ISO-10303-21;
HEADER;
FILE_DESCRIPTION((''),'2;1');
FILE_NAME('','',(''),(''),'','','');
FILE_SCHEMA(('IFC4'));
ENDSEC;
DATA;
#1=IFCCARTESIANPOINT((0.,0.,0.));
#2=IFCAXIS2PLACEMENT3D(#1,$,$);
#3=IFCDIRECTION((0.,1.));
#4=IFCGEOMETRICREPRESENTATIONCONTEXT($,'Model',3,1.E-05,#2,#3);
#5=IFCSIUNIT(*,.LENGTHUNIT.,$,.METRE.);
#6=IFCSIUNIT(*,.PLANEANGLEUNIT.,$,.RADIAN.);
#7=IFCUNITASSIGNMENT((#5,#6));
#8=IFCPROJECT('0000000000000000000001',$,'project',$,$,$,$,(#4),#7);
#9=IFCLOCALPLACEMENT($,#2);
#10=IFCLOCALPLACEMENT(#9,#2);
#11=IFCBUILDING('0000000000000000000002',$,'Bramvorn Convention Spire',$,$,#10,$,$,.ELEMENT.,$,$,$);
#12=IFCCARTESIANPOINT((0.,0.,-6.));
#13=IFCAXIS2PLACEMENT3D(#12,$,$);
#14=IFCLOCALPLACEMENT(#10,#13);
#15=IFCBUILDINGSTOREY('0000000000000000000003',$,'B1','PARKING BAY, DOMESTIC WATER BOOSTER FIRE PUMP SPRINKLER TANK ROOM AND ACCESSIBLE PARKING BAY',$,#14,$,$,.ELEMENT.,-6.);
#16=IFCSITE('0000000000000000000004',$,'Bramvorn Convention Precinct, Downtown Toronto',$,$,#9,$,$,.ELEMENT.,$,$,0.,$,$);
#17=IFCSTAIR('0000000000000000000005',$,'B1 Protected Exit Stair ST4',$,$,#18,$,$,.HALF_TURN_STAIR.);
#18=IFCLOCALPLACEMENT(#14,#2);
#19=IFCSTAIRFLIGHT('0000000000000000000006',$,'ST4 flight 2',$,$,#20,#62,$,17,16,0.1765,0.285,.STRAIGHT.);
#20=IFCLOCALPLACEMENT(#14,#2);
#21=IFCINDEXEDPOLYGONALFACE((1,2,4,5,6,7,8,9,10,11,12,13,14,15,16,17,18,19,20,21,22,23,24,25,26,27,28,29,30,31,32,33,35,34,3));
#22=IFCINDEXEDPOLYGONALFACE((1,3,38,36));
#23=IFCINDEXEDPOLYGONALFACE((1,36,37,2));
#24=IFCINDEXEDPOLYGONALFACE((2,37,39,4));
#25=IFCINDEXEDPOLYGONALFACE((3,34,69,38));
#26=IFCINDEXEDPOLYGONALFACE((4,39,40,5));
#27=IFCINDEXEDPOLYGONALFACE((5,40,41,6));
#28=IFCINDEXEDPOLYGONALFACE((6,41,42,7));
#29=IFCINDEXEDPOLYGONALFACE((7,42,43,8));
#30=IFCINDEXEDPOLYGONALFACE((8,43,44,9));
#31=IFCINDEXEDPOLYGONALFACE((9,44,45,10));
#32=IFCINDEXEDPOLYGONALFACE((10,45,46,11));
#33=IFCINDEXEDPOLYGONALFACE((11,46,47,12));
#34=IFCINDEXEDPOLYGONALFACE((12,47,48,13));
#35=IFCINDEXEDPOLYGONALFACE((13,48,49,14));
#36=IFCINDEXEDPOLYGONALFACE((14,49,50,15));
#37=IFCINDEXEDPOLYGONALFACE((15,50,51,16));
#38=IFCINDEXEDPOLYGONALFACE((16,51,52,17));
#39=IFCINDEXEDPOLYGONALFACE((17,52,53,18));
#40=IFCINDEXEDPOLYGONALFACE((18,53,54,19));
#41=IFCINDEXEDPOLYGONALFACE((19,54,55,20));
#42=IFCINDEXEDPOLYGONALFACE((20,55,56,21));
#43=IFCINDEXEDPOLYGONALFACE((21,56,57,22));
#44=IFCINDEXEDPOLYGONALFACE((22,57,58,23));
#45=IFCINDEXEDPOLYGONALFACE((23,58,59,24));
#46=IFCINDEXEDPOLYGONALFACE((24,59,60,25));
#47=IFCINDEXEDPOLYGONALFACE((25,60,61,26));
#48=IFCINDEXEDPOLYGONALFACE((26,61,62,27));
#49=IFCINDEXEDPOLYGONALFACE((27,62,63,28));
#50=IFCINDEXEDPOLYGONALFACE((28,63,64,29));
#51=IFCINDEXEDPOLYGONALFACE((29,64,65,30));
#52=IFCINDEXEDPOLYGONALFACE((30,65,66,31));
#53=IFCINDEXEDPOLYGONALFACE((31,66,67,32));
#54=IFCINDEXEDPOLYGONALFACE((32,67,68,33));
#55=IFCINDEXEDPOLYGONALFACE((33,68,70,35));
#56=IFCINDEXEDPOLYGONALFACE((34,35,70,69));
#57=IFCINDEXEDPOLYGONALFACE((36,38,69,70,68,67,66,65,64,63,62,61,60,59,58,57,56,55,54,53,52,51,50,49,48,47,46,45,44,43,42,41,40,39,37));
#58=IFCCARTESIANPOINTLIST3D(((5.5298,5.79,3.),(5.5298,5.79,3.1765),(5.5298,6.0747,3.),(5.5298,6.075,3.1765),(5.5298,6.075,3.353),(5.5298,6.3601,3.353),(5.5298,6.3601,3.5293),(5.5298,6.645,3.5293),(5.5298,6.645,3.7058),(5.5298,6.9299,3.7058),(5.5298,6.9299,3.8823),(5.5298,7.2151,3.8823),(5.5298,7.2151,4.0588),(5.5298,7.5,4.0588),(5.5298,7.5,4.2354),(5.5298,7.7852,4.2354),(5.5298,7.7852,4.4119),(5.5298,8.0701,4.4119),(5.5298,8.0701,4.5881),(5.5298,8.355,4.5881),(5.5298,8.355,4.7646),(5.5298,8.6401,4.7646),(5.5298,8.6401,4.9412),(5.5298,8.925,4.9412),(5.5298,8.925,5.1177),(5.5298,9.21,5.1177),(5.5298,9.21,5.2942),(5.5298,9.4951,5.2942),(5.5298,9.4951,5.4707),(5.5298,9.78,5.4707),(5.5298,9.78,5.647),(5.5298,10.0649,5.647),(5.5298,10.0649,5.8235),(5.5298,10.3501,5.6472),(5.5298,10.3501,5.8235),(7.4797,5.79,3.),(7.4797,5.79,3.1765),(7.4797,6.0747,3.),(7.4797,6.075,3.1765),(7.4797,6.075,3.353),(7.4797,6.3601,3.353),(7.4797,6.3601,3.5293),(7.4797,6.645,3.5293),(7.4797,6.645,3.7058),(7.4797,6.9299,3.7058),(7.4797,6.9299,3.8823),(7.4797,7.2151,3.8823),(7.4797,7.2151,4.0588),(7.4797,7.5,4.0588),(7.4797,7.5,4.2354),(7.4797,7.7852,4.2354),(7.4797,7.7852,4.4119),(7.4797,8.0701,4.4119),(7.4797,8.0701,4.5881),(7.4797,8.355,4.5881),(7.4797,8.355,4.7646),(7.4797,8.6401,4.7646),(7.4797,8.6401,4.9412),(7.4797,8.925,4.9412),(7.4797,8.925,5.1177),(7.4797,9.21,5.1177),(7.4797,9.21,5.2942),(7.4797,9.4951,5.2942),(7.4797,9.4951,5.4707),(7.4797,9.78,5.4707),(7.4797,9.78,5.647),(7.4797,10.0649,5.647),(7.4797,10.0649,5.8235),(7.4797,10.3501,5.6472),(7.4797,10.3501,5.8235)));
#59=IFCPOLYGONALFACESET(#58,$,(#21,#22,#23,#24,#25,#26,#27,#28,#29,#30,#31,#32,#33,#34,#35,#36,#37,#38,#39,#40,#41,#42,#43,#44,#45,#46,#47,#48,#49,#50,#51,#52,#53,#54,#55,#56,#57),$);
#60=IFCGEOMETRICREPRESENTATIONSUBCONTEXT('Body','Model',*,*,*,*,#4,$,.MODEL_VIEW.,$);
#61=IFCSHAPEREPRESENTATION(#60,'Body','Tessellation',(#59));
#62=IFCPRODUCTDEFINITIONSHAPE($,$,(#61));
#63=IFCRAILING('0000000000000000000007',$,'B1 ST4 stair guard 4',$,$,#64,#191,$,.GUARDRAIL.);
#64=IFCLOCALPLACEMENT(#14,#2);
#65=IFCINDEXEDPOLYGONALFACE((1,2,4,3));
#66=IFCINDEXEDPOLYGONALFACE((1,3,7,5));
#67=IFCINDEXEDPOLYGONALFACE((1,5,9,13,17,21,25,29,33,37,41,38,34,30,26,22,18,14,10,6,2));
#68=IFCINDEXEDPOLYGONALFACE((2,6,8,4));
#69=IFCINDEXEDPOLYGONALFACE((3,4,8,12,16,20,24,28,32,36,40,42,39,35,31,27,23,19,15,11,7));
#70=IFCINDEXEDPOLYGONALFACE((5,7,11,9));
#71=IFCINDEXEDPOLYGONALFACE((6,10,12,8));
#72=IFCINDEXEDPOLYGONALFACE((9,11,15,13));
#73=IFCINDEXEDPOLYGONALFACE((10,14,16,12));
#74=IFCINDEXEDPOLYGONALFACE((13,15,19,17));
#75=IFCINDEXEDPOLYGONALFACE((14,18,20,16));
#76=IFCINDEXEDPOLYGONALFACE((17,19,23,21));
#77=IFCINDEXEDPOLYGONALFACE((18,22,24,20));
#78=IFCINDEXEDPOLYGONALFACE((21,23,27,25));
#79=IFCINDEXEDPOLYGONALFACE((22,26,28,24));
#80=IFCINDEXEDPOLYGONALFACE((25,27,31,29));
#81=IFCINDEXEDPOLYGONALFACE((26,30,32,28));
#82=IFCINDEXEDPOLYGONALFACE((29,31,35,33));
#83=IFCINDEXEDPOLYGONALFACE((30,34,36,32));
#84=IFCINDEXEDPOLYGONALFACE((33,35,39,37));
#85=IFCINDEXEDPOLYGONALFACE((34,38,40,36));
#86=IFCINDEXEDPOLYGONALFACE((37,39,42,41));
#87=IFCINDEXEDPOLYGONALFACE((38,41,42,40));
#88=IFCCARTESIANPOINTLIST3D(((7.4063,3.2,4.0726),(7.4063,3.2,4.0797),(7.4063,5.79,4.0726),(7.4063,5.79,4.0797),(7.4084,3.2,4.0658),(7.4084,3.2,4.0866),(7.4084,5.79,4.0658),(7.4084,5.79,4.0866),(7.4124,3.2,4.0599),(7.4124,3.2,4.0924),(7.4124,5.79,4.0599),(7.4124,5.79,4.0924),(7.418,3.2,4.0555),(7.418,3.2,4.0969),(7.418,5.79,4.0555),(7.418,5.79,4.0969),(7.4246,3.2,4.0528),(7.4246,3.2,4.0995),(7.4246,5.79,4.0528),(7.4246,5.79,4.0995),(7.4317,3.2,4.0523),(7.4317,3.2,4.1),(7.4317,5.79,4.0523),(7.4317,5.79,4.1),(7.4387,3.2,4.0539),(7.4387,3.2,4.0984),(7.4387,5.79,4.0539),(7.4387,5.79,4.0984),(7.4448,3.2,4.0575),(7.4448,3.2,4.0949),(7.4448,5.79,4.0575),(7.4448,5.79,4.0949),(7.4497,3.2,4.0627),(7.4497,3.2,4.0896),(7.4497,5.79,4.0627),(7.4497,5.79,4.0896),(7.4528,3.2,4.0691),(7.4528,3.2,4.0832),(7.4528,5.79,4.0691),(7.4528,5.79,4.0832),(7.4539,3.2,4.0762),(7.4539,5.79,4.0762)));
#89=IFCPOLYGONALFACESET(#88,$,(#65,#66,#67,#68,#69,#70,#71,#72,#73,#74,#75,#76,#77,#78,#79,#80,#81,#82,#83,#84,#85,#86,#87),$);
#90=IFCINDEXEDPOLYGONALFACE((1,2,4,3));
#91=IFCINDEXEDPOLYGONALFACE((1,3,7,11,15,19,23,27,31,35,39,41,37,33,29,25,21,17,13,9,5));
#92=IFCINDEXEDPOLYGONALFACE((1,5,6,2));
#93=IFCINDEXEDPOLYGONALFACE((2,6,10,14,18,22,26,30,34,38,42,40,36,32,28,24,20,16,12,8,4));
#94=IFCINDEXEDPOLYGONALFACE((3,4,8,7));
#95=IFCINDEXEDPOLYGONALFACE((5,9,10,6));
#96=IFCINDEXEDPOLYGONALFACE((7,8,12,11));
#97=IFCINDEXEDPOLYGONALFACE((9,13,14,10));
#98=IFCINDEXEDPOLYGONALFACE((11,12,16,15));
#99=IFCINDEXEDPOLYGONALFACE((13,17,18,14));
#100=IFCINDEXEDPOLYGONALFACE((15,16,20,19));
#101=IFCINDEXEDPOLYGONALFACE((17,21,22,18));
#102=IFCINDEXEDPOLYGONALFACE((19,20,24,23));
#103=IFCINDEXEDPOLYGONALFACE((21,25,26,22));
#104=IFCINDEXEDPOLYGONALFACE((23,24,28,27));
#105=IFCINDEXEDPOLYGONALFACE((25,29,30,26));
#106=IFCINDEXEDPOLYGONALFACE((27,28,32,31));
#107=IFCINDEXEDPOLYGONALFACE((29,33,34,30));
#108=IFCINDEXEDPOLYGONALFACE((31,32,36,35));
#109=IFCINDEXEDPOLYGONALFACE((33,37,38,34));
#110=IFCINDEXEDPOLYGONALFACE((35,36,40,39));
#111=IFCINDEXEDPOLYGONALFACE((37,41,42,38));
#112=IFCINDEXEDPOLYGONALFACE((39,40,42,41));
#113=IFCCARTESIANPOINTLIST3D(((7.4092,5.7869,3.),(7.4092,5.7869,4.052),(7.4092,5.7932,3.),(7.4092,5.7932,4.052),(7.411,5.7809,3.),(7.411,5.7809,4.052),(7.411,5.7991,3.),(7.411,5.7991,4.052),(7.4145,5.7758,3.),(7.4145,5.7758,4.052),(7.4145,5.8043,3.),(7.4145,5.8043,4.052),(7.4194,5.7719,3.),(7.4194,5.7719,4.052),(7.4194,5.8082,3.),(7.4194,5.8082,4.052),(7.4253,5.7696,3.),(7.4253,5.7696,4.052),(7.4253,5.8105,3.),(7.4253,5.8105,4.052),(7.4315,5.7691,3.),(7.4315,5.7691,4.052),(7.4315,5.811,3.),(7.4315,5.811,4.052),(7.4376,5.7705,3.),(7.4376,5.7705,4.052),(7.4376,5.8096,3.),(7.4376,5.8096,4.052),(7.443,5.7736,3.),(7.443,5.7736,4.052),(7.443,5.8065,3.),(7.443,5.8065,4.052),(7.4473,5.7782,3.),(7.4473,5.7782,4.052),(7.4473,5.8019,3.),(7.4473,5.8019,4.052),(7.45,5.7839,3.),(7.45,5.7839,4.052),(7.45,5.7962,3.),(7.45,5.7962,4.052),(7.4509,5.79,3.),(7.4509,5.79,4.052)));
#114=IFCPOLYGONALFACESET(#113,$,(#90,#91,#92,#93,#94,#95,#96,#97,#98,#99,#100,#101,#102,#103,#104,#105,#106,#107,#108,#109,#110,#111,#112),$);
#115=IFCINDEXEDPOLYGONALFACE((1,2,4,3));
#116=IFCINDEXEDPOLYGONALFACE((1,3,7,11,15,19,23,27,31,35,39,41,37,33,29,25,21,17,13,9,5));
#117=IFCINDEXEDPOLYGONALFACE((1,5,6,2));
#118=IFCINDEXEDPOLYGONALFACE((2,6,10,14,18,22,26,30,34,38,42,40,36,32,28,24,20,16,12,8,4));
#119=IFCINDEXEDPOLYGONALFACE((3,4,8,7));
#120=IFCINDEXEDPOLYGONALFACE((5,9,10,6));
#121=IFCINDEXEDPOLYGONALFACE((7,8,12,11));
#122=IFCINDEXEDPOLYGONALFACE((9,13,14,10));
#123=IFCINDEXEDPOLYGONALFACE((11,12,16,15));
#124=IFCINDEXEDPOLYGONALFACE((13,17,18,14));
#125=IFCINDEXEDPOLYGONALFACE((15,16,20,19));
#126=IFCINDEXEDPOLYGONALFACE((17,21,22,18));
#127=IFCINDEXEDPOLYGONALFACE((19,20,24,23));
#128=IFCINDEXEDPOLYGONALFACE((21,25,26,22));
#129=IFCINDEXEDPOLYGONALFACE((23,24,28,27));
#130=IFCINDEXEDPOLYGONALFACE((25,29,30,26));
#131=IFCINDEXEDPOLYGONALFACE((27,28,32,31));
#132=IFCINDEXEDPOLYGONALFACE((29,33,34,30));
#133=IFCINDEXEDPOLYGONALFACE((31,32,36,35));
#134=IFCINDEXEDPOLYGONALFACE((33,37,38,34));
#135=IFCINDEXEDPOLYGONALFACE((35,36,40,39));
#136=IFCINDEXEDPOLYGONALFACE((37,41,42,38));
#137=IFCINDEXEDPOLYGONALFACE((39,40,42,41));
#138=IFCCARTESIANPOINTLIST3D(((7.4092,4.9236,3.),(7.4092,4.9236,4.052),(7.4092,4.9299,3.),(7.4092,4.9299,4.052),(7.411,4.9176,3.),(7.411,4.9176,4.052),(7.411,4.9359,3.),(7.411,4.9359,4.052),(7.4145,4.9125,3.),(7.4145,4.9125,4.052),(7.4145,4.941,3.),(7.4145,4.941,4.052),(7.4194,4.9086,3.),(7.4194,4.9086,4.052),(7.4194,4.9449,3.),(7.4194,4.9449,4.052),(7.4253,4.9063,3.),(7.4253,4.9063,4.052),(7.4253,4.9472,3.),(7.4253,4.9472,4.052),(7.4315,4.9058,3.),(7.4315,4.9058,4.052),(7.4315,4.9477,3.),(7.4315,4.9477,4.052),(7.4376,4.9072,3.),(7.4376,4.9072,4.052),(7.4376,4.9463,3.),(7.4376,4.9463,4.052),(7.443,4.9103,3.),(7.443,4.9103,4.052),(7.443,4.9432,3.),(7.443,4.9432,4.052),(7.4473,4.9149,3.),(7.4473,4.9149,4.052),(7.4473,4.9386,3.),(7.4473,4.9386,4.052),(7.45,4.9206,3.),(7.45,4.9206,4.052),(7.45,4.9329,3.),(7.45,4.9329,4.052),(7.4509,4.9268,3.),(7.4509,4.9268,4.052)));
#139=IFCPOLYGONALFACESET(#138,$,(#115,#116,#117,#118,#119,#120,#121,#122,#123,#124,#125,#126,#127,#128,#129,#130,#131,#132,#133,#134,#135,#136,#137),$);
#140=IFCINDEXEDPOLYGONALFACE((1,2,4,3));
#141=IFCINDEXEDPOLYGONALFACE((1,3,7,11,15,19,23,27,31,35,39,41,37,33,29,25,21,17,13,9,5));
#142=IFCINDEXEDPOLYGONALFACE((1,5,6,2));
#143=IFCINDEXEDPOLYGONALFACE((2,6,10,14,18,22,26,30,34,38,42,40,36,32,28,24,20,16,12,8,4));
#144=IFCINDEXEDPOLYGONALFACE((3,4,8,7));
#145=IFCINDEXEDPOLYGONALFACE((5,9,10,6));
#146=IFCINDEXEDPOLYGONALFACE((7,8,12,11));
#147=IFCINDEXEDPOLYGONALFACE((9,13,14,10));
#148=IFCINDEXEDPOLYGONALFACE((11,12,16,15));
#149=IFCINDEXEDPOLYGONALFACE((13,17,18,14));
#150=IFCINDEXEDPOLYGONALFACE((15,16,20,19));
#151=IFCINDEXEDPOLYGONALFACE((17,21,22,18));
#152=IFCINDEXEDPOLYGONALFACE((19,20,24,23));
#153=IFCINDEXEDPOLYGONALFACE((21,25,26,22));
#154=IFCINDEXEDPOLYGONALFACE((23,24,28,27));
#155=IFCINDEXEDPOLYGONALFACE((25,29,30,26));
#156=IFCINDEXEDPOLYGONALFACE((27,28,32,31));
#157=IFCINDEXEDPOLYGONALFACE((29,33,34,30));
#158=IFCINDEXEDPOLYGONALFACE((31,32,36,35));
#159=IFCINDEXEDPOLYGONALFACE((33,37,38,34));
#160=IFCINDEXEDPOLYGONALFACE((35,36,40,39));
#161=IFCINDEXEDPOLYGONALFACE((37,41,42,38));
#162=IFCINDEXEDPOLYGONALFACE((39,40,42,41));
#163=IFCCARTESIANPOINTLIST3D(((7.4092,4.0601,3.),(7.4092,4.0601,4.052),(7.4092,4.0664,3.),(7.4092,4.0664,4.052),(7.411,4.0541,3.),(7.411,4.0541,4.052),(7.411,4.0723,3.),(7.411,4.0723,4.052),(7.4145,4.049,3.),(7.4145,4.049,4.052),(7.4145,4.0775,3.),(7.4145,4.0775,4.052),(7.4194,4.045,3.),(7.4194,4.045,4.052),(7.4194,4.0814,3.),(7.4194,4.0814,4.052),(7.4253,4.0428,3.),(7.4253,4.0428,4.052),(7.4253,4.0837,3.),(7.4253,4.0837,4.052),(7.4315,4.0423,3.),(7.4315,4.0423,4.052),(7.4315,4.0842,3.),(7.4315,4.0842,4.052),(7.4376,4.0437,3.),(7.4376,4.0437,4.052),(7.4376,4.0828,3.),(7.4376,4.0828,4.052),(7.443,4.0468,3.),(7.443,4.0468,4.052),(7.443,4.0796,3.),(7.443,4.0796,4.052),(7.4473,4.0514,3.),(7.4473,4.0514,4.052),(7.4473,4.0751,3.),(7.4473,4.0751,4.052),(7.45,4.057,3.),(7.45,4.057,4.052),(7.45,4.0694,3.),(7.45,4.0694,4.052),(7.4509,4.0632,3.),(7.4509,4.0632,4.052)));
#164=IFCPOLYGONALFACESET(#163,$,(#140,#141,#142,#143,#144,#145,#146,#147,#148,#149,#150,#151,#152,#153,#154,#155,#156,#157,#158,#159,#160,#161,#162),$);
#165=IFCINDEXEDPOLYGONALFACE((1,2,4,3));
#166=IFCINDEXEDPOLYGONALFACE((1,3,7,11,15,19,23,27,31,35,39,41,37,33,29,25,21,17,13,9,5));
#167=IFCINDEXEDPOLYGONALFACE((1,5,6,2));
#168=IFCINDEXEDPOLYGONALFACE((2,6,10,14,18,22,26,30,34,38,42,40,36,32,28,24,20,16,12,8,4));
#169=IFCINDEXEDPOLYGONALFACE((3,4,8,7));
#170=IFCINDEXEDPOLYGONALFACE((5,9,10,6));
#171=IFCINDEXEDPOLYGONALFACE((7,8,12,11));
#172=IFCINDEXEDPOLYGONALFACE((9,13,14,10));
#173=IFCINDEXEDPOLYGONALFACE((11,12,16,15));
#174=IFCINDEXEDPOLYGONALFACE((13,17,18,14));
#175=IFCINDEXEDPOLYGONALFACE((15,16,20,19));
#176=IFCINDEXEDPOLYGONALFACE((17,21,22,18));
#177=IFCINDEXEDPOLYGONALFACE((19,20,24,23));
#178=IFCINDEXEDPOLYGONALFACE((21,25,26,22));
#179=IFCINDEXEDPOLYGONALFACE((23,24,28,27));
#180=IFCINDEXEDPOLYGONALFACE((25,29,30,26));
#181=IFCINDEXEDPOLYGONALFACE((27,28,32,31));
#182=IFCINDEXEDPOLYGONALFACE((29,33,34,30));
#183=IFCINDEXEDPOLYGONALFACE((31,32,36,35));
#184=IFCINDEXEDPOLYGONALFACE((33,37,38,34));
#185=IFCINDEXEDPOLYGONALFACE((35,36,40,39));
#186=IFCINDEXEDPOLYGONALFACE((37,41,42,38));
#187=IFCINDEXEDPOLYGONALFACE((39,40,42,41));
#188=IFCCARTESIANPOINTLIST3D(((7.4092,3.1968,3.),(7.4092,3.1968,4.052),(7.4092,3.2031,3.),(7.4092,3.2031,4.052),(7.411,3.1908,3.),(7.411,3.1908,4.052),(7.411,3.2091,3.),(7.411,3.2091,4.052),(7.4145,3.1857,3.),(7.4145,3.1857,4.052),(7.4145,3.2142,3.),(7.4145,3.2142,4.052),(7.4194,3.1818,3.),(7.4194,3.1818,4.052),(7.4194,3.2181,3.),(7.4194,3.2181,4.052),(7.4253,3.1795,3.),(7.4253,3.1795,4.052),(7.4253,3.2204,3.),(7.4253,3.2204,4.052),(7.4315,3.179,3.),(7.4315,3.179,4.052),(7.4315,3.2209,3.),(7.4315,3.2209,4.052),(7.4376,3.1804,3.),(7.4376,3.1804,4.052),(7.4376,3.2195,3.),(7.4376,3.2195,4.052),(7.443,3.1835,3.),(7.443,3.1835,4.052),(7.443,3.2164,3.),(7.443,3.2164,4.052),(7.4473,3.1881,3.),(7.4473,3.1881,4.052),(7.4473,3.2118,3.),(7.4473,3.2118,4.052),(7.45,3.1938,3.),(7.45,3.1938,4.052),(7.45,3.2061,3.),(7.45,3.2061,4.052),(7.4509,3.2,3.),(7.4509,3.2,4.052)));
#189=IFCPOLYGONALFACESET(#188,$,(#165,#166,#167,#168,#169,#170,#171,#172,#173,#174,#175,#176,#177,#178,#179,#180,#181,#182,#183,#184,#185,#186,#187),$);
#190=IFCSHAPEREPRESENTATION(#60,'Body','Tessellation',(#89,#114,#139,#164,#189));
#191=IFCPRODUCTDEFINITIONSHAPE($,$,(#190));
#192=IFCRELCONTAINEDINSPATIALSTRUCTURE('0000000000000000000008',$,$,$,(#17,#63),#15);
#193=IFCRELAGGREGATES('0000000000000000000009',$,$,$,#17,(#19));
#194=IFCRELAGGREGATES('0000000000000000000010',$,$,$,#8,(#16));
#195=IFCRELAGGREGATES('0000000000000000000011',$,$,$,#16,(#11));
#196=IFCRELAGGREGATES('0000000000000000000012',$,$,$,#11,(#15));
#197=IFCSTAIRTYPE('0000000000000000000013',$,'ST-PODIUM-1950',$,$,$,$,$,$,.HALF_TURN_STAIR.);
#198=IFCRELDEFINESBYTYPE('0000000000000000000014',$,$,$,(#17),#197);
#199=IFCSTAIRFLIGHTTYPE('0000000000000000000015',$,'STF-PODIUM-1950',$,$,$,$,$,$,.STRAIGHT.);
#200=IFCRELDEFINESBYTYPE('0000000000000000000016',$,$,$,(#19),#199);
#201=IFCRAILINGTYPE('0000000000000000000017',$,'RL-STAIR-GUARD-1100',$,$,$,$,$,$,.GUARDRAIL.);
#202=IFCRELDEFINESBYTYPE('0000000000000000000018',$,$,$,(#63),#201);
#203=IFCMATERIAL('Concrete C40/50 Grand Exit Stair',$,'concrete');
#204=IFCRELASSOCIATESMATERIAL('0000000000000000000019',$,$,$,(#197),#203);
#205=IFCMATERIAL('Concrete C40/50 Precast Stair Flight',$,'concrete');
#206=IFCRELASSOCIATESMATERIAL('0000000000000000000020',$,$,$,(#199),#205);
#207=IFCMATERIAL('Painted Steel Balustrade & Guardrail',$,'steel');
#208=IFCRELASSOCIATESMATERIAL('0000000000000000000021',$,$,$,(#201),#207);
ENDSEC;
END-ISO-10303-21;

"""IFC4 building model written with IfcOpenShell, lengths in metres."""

from ifc_helpers import new_model, si_unit, direction, frame, origin, origin_2d, place, context, subcontext, project, spatial, polyline, circle, outline, extrude, material, type_object, element, aggregate, save


model = new_model("IFC4")

# Units and contexts
model_context = context("Model", 3, precision=1e-05, world=origin(), true_north=direction((0.0, 1.0)))
body_context = subcontext(model_context, "Body", "Model", "MODEL_VIEW")
ifc_project = project(units=[si_unit("LENGTHUNIT", "METRE"), si_unit("PLANEANGLEUNIT", "RADIAN")], contexts=[model_context])

# Site, building, storey
site_placement = place(None, origin())
site = spatial("IfcSite", under=ifc_project, at=site_placement, Name="Bramvorn Convention Precinct, Downtown Toronto", CompositionType="ELEMENT", RefElevation=0.0)
building_placement = place(site_placement, origin())
building = spatial("IfcBuilding", under=site, at=building_placement, Name="Bramvorn Convention Spire", CompositionType="ELEMENT")
storey_placement = place(building_placement, frame((0.0, 0.0, -6.0)))
storey = spatial("IfcBuildingStorey", under=building, at=storey_placement, Name="B1", Description="PARKING BAY, DOMESTIC WATER BOOSTER FIRE PUMP SPRINKLER TANK ROOM AND ACCESSIBLE PARKING BAY", CompositionType="ELEMENT", Elevation=-6.0)

# Stair, stair flight
ifc_material_1 = material(Name="Concrete C40/50 Grand Exit Stair", Category="concrete")
stair_type = type_object("IfcStairType", Name="ST-PODIUM-1950", PredefinedType="HALF_TURN_STAIR", material=ifc_material_1)
stair_placement = place(storey_placement, origin())
stair = element("IfcStair", 1, at=stair_placement, inside=storey, type_object=stair_type, Name="B1 Protected Exit Stair ST4", PredefinedType="HALF_TURN_STAIR")
ifc_material_2 = material(Name="Concrete C40/50 Precast Stair Flight", Category="concrete")
stair_flight_type = type_object("IfcStairFlightType", Name="STF-PODIUM-1950", PredefinedType="STRAIGHT", material=ifc_material_2)
stair_flight_placement = place(storey_placement, frame((6.5049, 5.79, 3.0), z_axis=(0.0, 0.0, 1.0), x_axis=(0.0, 1.0, 0.0)))
stair_flight = element("IfcStairFlight", 2, at=stair_flight_placement, type_object=stair_flight_type, Name="ST4 flight 2", NumberOfRisers=17, NumberOfTreads=16, PredefinedType="STRAIGHT", RiserHeight=0.1765, TreadLength=0.285, context=body_context, shape_type="SweptSolid", body=[
    extrude(outline(polyline([(0.0, 0.0), (0.0, 0.1765), (0.2849, 0.1765), (0.2849, 0.353), (0.5701, 0.353), (0.5701, 0.5293), (0.855, 0.5293), (0.855, 0.7058), (1.1399, 0.7058), (1.1399, 0.8823), (1.425, 0.8823), (1.425, 1.0588), (1.71, 1.0588), (1.71, 1.2354), (1.9951, 1.2354), (1.9951, 1.4119), (2.28, 1.4119), (2.28, 1.5881), (2.5649, 1.5881), (2.5649, 1.7646), (2.8501, 1.7646), (2.8501, 1.9412), (3.135, 1.9412), (3.135, 2.1177), (3.4199, 2.1177), (3.4199, 2.2942), (3.7051, 2.2942), (3.7051, 2.4707), (3.99, 2.4707), (3.99, 2.647), (4.2749, 2.647), (4.2749, 2.8235), (4.5601, 2.8235), (4.5601, 3.0), (4.5601, 2.6472), (0.2847, 0.0), (0.0, 0.0)])), frame((0.0, 0.9751, 0.0), z_axis=(0.0, -1.0, 0.0), x_axis=(1.0, 0.0, 0.0)), (0.0, 0.0, 1.0), 1.95),
])
aggregate(stair, [stair_flight])

# Railing
ifc_material_3 = material(Name="Painted Steel Balustrade & Guardrail", Category="steel")
railing_type_1 = type_object("IfcRailingType", Name="RL-STAIR-GUARD-1100", PredefinedType="GUARDRAIL", material=ifc_material_3)
railing_1_placement = place(storey_placement, frame((7.4299, 5.79, 3.0)))
element("IfcRailing", 3, at=railing_1_placement, inside=storey, type_object=railing_type_1, Name="B1 ST4 stair guard 4", PredefinedType="GUARDRAIL", context=body_context, shape_type="SweptSolid", body=[
    extrude(circle(Radius=0.0239, at=origin_2d()), frame((0.0, 0.0, 1.0762), z_axis=(0.0, -1.0, 0.0), x_axis=(1.0, 0.0, 0.0)), (0.0, 0.0, 1.0), 2.5901),
    extrude(circle(Radius=0.021, at=origin_2d()), origin(), (0.0, 0.0, 1.0), 1.052),
    extrude(circle(Radius=0.021, at=origin_2d()), frame((0.0, -0.8633, 0.0)), (0.0, 0.0, 1.0), 1.052),
    extrude(circle(Radius=0.021, at=origin_2d()), frame((0.0, -1.7268, 0.0)), (0.0, 0.0, 1.0), 1.052),
    extrude(circle(Radius=0.021, at=origin_2d()), frame((0.0, -2.5901, 0.0)), (0.0, 0.0, 1.0), 1.052),
])

save(model, "model.ifc")
